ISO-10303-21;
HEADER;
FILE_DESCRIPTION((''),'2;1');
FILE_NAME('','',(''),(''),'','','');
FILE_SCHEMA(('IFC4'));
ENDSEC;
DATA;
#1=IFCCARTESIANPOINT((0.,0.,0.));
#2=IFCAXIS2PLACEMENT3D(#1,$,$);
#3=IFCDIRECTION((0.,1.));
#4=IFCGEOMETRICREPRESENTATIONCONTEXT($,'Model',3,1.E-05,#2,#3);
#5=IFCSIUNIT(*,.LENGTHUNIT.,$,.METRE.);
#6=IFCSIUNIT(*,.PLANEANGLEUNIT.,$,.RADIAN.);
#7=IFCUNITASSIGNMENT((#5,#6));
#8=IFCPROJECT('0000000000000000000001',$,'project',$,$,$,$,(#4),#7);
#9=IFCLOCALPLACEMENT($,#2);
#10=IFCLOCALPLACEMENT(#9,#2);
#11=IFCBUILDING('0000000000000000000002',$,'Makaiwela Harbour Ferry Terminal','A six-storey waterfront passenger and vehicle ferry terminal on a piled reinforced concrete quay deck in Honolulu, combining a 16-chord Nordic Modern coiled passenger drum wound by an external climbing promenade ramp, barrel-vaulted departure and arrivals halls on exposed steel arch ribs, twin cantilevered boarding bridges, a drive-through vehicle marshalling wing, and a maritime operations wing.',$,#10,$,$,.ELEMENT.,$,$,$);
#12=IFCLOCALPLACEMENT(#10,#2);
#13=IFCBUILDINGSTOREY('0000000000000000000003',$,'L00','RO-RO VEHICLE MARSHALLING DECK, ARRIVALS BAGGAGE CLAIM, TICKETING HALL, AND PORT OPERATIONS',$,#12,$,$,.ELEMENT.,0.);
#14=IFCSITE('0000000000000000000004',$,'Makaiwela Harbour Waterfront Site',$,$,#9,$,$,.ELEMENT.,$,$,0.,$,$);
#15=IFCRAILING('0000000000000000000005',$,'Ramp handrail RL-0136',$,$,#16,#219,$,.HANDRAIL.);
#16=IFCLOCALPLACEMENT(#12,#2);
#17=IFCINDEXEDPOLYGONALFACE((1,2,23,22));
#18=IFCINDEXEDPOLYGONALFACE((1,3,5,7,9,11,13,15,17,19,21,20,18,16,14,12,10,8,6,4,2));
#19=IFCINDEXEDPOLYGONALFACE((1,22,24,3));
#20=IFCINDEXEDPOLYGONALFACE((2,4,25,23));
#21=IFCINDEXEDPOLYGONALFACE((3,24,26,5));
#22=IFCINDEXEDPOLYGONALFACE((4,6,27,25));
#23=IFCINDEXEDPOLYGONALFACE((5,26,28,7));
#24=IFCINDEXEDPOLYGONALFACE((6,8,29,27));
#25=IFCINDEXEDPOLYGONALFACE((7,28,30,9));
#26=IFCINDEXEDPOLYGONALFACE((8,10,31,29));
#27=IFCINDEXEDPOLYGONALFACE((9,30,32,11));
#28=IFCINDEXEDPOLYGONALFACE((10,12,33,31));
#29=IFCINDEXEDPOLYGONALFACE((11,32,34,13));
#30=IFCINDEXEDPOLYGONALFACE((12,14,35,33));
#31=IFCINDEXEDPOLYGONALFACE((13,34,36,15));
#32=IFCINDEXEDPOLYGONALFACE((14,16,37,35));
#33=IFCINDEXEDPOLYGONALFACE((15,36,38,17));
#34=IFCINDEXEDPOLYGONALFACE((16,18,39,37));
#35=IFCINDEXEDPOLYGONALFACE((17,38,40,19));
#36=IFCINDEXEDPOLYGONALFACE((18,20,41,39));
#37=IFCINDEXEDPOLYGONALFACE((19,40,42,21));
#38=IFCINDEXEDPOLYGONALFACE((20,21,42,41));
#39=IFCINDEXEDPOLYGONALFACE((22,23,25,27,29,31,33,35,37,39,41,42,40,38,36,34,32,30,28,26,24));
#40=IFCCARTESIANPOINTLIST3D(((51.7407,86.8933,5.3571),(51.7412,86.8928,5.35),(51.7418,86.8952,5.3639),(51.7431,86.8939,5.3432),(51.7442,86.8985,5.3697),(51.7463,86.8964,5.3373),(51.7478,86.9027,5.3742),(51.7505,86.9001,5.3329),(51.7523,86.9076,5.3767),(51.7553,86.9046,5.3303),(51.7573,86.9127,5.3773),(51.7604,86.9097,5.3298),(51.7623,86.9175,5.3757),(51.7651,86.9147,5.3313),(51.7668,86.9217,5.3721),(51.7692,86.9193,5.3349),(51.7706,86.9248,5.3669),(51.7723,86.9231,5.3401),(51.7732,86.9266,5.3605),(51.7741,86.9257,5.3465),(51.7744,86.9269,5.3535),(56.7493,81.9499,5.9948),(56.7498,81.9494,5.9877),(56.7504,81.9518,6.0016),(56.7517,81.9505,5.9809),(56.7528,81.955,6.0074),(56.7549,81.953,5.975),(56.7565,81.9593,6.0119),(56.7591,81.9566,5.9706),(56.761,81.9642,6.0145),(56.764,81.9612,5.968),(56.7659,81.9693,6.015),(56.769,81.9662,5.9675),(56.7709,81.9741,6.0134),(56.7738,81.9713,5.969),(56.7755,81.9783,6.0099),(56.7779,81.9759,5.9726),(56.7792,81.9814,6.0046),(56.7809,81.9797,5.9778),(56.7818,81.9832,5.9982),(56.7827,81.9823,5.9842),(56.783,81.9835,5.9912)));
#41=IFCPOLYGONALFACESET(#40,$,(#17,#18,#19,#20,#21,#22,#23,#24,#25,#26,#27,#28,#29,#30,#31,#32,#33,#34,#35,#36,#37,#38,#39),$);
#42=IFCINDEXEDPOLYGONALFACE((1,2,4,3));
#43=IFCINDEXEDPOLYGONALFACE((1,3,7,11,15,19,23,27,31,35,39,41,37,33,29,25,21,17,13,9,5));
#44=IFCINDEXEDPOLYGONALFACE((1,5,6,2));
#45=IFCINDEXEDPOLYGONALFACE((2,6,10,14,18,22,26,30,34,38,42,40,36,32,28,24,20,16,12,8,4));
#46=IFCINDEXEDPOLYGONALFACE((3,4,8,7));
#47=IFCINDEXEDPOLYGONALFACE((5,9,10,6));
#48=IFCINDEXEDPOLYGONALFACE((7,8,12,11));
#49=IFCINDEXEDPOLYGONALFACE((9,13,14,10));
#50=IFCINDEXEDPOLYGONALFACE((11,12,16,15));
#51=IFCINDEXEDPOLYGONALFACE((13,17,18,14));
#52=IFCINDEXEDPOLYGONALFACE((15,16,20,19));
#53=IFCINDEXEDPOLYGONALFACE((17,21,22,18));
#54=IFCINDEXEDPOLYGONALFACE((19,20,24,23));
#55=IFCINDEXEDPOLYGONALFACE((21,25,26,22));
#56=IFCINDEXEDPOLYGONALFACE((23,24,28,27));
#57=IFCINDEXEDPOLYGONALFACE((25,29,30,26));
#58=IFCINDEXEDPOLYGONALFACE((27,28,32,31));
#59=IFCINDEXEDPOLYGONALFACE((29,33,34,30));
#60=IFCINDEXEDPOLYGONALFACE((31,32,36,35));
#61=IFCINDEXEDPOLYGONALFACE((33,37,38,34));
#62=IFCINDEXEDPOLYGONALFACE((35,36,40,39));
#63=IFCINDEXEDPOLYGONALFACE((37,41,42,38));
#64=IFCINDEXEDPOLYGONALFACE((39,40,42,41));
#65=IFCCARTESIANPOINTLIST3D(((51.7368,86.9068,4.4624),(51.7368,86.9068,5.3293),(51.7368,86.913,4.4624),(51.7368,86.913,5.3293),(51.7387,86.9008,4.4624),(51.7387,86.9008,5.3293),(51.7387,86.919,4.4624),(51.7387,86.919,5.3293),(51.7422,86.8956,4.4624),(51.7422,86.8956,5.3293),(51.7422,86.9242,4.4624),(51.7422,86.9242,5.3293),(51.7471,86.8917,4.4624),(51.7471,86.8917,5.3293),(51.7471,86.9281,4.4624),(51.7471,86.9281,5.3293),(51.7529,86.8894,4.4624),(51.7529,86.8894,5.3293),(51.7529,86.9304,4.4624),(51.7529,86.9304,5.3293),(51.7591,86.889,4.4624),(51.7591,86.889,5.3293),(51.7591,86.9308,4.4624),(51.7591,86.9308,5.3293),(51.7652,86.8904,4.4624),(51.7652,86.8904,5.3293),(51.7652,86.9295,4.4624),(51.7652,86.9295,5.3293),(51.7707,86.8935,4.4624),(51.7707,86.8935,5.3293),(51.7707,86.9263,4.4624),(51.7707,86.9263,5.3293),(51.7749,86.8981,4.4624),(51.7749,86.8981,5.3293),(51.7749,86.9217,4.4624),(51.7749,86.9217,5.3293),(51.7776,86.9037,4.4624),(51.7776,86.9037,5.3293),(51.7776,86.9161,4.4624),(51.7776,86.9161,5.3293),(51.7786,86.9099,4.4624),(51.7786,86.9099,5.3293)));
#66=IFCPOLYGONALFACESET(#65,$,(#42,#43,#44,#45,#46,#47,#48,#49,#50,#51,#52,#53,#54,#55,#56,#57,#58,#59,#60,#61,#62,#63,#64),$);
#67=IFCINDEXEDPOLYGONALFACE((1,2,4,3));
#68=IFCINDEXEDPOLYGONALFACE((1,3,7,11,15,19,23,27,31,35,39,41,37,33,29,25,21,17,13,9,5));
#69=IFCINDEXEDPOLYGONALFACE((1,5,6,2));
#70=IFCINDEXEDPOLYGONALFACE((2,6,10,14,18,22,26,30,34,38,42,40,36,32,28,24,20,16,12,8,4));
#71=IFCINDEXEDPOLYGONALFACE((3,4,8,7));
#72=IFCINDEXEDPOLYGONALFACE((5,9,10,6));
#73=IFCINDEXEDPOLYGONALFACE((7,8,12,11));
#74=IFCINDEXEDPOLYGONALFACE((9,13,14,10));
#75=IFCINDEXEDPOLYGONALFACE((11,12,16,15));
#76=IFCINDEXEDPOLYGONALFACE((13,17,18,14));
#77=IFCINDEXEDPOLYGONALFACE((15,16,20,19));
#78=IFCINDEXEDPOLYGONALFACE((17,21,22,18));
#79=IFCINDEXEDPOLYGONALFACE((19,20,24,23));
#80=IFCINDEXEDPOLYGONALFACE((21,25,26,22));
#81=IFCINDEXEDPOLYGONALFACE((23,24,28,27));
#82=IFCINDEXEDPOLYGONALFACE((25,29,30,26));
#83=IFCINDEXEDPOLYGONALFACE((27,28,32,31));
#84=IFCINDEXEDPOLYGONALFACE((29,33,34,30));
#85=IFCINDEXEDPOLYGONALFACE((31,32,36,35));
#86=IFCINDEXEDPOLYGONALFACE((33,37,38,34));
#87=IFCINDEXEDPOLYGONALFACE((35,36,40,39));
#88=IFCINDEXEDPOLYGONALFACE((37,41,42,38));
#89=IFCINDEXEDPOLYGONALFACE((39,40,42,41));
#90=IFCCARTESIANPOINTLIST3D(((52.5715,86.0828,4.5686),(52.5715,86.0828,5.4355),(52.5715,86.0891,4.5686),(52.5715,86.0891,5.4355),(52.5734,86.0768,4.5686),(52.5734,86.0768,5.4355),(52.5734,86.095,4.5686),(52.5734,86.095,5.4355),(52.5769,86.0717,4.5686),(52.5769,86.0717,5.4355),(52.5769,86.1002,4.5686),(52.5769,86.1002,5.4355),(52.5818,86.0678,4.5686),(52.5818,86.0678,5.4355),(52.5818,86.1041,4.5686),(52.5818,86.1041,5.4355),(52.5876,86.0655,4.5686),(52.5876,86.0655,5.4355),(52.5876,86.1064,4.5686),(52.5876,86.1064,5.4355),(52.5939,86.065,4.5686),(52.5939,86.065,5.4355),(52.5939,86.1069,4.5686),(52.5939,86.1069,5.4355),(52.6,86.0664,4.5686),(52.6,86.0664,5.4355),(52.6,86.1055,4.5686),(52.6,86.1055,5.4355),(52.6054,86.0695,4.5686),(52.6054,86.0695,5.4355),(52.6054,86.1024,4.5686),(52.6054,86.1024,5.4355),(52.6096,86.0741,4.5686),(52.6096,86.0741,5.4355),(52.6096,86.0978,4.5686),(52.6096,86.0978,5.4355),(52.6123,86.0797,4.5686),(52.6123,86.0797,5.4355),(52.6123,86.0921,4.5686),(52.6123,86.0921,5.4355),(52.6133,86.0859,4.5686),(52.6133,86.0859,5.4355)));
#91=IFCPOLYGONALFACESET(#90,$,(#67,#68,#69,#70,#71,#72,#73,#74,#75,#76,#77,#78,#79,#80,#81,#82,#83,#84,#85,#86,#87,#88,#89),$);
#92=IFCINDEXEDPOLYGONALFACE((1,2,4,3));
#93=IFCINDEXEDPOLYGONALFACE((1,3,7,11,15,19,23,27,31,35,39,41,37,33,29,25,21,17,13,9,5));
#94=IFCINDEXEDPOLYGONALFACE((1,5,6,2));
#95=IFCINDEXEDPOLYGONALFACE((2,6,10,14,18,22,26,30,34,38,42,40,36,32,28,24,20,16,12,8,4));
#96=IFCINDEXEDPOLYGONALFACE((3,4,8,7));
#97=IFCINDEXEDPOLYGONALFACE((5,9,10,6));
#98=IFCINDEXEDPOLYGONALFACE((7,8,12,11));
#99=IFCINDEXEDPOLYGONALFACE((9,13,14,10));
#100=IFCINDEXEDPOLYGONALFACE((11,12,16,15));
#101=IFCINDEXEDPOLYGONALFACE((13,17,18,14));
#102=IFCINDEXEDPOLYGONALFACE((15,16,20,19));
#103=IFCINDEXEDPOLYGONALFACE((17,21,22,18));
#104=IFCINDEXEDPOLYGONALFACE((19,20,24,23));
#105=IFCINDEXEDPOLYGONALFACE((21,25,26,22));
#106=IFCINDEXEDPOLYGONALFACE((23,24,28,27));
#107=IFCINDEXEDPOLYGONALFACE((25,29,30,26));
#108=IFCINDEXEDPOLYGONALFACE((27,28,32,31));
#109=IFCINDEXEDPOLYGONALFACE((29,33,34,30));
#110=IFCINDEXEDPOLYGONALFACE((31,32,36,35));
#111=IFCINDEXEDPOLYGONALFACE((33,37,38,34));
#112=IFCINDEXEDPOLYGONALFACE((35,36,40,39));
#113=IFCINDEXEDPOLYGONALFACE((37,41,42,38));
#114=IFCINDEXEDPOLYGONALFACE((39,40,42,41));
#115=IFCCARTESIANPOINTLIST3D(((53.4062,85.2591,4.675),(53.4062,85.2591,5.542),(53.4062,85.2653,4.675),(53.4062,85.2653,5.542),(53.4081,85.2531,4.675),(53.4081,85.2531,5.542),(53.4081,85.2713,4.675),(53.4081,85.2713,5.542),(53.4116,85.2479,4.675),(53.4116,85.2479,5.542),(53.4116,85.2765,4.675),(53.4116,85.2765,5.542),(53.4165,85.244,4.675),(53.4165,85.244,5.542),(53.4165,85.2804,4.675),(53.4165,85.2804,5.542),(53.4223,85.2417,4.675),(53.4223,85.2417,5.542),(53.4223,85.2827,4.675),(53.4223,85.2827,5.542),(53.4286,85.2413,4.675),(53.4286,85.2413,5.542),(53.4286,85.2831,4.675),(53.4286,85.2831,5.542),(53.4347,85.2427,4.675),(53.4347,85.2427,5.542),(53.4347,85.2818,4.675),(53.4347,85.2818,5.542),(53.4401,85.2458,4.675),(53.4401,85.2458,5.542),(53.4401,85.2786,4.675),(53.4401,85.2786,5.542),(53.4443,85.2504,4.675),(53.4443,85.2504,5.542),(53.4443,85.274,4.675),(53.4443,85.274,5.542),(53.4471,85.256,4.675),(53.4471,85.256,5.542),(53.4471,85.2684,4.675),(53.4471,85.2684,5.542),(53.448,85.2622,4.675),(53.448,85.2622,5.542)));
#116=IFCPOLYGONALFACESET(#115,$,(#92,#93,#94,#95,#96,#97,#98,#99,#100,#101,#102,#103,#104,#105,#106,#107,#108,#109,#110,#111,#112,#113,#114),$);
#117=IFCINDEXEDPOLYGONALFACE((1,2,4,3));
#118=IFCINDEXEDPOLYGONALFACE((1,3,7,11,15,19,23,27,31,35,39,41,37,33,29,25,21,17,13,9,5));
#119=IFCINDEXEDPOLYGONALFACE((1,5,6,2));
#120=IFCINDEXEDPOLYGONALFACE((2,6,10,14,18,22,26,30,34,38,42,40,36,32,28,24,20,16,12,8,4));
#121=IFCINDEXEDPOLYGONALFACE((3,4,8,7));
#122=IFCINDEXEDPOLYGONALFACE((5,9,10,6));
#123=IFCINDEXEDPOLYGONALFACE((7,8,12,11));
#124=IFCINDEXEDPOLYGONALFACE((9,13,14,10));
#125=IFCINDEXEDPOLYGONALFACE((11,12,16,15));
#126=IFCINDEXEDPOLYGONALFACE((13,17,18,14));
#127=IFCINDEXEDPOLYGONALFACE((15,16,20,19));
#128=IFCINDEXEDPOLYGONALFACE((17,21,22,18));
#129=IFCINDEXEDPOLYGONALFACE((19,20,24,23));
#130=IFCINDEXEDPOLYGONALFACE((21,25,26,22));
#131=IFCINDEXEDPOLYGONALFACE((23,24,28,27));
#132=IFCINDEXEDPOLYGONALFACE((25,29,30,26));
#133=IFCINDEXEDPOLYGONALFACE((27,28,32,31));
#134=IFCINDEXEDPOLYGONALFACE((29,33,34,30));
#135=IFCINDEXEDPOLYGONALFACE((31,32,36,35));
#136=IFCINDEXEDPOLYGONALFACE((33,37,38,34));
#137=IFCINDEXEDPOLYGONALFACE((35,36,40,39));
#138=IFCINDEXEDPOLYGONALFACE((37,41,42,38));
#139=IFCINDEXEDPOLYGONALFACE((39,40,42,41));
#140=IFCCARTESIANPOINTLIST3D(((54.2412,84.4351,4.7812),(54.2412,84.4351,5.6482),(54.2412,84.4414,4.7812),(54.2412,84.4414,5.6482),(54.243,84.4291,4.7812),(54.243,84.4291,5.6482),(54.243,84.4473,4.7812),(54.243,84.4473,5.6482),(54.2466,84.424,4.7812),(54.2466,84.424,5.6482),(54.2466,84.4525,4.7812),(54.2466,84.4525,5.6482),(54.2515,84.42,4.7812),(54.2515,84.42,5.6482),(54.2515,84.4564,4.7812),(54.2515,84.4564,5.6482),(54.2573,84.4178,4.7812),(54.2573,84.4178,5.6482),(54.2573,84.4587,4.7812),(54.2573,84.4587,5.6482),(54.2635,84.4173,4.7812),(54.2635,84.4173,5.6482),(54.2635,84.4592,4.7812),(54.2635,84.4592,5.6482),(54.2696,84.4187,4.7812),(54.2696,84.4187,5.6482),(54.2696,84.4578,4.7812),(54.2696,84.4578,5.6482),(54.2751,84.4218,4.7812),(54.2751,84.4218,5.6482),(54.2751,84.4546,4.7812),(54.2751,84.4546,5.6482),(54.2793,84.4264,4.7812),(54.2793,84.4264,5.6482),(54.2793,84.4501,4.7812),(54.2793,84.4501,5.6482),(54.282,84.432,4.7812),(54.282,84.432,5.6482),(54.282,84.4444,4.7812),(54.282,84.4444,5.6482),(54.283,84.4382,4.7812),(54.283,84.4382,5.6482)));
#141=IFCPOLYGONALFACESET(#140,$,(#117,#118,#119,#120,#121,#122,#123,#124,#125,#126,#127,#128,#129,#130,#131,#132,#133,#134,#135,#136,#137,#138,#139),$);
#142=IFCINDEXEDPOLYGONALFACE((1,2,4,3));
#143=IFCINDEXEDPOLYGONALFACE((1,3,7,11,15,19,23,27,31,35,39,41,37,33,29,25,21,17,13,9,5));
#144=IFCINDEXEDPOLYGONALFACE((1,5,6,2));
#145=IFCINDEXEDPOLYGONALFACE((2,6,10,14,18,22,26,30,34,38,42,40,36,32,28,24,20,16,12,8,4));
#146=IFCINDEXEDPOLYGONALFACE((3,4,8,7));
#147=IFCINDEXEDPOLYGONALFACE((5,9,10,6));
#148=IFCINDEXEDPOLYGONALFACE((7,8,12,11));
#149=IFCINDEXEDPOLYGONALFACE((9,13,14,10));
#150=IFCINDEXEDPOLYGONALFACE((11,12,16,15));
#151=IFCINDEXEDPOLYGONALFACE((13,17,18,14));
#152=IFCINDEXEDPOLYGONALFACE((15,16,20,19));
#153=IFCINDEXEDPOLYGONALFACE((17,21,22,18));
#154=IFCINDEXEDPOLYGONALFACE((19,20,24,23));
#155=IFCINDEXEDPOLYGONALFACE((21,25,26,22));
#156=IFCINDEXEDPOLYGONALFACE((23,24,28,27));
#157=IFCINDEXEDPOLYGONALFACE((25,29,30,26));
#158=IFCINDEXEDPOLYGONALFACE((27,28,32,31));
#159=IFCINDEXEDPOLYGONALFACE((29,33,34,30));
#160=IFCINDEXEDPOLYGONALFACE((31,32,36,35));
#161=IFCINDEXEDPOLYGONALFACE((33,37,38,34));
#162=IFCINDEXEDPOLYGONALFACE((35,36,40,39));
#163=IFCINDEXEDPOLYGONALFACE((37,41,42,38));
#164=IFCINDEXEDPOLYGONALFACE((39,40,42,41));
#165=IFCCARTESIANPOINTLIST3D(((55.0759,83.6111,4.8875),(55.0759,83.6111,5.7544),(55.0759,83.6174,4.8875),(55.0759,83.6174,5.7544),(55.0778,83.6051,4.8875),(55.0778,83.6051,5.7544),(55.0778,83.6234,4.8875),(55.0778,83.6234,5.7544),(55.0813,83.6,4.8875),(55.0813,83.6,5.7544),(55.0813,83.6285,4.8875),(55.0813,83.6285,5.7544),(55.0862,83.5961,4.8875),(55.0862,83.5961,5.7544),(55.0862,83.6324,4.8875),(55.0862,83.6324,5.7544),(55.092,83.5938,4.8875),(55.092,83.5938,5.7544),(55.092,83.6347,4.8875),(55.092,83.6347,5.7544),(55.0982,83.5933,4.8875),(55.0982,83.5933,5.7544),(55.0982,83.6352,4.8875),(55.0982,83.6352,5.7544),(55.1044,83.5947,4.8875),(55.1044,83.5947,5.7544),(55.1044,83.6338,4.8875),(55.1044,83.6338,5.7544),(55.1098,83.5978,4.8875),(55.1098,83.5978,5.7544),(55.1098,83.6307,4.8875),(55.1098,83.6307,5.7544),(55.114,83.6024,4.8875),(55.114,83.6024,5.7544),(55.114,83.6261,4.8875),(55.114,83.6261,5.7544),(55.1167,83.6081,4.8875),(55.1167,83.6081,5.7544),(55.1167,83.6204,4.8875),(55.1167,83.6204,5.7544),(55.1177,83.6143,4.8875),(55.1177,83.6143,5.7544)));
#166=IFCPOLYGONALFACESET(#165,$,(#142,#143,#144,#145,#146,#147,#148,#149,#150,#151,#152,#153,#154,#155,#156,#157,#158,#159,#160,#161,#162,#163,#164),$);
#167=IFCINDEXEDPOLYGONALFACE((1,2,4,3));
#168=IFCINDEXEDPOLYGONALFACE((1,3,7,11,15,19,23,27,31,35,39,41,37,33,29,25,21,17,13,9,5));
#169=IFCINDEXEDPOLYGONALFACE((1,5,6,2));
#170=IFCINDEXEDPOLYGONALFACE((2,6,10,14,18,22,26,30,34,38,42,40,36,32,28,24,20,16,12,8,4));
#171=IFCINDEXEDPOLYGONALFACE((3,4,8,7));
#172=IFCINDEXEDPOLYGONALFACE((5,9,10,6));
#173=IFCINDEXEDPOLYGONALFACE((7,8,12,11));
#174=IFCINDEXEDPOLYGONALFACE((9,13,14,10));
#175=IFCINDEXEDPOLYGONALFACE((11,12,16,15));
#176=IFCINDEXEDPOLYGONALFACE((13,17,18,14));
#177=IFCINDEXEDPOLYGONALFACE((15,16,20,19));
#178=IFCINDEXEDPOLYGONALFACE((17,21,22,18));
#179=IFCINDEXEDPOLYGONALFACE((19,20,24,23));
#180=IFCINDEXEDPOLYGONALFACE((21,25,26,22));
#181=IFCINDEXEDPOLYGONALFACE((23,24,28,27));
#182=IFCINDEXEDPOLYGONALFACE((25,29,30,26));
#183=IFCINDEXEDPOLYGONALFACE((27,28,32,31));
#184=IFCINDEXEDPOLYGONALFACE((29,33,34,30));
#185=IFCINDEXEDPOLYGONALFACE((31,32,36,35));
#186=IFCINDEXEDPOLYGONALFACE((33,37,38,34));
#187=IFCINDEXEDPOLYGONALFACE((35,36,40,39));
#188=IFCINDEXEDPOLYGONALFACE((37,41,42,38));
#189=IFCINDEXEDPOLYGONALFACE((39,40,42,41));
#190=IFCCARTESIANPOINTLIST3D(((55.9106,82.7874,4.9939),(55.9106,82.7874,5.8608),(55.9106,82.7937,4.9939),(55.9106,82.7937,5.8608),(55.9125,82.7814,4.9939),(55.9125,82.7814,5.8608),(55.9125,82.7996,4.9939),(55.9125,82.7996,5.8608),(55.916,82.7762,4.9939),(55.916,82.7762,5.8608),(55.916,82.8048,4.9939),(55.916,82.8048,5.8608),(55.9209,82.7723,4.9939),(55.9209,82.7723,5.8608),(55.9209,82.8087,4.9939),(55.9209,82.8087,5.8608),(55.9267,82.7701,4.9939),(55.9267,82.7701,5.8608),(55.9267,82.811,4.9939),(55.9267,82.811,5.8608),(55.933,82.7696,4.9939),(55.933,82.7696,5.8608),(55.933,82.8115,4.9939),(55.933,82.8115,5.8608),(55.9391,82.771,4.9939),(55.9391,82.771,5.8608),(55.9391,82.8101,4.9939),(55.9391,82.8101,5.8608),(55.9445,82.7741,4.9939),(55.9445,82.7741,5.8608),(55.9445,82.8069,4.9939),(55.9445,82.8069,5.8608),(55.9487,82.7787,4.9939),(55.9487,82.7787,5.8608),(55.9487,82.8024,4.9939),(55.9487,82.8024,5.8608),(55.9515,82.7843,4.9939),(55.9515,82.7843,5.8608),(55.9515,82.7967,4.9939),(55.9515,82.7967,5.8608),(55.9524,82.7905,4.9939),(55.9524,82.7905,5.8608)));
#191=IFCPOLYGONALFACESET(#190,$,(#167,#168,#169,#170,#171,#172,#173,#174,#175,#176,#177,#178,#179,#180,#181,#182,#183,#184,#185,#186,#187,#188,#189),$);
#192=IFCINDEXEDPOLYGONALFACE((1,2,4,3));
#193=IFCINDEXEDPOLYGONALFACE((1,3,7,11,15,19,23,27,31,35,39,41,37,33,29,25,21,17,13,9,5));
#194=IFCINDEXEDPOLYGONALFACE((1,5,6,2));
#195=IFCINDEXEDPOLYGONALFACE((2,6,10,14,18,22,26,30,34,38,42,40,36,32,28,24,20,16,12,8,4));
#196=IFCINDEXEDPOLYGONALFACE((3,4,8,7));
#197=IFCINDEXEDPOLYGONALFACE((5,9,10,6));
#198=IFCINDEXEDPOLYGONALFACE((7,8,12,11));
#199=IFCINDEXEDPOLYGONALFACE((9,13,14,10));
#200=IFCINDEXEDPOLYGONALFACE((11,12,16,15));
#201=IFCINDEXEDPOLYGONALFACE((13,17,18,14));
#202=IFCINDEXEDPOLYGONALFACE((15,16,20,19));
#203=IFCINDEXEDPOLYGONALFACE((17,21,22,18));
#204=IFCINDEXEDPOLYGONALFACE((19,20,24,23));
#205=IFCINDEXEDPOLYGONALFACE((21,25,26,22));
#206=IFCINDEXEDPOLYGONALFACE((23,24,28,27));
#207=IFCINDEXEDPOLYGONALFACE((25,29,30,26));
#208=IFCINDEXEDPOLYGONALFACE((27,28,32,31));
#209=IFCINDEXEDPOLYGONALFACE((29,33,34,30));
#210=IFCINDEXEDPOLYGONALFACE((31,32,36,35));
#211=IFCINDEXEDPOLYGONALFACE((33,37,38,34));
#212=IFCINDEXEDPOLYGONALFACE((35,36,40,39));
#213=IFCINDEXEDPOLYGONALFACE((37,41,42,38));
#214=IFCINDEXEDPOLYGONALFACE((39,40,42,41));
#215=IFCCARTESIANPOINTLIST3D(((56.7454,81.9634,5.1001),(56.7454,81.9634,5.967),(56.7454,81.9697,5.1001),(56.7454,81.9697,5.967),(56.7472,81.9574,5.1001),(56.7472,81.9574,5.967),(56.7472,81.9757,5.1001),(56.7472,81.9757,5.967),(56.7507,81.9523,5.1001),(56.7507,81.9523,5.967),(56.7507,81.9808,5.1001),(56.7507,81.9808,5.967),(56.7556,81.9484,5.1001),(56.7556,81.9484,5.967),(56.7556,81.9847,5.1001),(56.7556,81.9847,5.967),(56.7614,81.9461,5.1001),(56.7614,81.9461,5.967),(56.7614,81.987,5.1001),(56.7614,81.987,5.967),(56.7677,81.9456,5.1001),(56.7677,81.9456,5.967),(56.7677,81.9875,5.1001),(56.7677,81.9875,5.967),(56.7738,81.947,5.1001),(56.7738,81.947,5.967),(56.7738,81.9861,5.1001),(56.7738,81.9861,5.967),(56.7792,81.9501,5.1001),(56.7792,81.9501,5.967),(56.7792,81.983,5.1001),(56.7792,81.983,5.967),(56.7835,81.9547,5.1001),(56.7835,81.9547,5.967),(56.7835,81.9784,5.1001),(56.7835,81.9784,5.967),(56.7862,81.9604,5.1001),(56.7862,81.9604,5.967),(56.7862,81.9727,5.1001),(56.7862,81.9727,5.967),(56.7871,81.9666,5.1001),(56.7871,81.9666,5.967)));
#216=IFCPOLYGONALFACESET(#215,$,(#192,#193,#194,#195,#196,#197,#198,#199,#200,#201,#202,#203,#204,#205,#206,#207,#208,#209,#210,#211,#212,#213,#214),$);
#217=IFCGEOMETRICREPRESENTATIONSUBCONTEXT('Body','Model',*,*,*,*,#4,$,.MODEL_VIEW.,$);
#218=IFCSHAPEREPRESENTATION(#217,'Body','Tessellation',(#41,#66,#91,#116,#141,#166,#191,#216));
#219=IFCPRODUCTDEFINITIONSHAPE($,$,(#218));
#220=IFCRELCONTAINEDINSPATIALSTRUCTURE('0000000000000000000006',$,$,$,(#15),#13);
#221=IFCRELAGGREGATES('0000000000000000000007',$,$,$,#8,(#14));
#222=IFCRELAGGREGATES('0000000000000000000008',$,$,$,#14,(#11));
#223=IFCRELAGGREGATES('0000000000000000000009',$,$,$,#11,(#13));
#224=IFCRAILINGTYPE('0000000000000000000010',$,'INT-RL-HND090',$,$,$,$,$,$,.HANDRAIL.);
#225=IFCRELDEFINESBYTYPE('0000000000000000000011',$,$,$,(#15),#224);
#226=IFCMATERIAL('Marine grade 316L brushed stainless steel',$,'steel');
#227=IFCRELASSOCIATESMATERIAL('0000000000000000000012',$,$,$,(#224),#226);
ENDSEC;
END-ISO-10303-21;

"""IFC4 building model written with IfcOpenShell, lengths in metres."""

from ifc_helpers import new_model, si_unit, direction, frame, origin, origin_2d, place, context, subcontext, project, spatial, circle, extrude, material, type_object, element, save


model = new_model("IFC4")

# Units and contexts
model_context = context("Model", 3, precision=1e-05, world=origin(), true_north=direction((0.0, 1.0)))
body_context = subcontext(model_context, "Body", "Model", "MODEL_VIEW")
ifc_project = project(units=[si_unit("LENGTHUNIT", "METRE"), si_unit("PLANEANGLEUNIT", "RADIAN")], contexts=[model_context])

# Site, building, storey
site_placement = place(None, origin())
site = spatial("IfcSite", under=ifc_project, at=site_placement, Name="Makaiwela Harbour Waterfront Site", CompositionType="ELEMENT", RefElevation=0.0)
building_placement = place(site_placement, origin())
building = spatial("IfcBuilding", under=site, at=building_placement, Name="Makaiwela Harbour Ferry Terminal", Description="A six-storey waterfront passenger and vehicle ferry terminal on a piled reinforced concrete quay deck in Honolulu, combining a 16-chord Nordic Modern coiled passenger drum wound by an external climbing promenade ramp, barrel-vaulted departure and arrivals halls on exposed steel arch ribs, twin cantilevered boarding bridges, a drive-through vehicle marshalling wing, and a maritime operations wing.", CompositionType="ELEMENT")
storey_placement = place(building_placement, origin())
storey = spatial("IfcBuildingStorey", under=building, at=storey_placement, Name="L00", Description="RO-RO VEHICLE MARSHALLING DECK, ARRIVALS BAGGAGE CLAIM, TICKETING HALL, AND PORT OPERATIONS", CompositionType="ELEMENT", Elevation=0.0)

# Railing
ifc_material_1 = material(Name="Marine grade 316L brushed stainless steel", Category="steel")
railing_type_1 = type_object("IfcRailingType", Name="INT-RL-HND090", PredefinedType="HANDRAIL", material=ifc_material_1)
railing_1_placement = place(storey_placement, frame((51.7576, 86.9099, 4.4624)))
element("IfcRailing", 1, at=railing_1_placement, inside=storey, type_object=railing_type_1, Name="Ramp handrail RL-0136", PredefinedType="HANDRAIL", context=body_context, shape_type="SweptSolid", body=[
    extrude(circle(Radius=0.0239, at=origin_2d()), frame((0.0, 0.0, 0.8911), z_axis=(0.708819, -0.699594, 0.090248), x_axis=(0.70246, 0.711723, 0.0)), (0.0, 0.0, 1.0), 7.0662),
    extrude(circle(Radius=0.021, at=origin_2d()), origin(), (0.0, 0.0, 1.0), 0.8669),
    extrude(circle(Radius=0.021, at=origin_2d()), frame((0.8347, -0.824, 0.1062)), (0.0, 0.0, 1.0), 0.8669),
    extrude(circle(Radius=0.021, at=origin_2d()), frame((1.6694, -1.6477, 0.2126)), (0.0, 0.0, 1.0), 0.8669),
    extrude(circle(Radius=0.021, at=origin_2d()), frame((2.5044, -2.4717, 0.3188)), (0.0, 0.0, 1.0), 0.8669),
    extrude(circle(Radius=0.021, at=origin_2d()), frame((3.3391, -3.2957, 0.425)), (0.0, 0.0, 1.0), 0.8669),
    extrude(circle(Radius=0.021, at=origin_2d()), frame((4.1738, -4.1194, 0.5315)), (0.0, 0.0, 1.0), 0.8669),
    extrude(circle(Radius=0.021, at=origin_2d()), frame((5.0085, -4.9434, 0.6377)), (0.0, 0.0, 1.0), 0.8669),
])

save(model, "model.ifc")
